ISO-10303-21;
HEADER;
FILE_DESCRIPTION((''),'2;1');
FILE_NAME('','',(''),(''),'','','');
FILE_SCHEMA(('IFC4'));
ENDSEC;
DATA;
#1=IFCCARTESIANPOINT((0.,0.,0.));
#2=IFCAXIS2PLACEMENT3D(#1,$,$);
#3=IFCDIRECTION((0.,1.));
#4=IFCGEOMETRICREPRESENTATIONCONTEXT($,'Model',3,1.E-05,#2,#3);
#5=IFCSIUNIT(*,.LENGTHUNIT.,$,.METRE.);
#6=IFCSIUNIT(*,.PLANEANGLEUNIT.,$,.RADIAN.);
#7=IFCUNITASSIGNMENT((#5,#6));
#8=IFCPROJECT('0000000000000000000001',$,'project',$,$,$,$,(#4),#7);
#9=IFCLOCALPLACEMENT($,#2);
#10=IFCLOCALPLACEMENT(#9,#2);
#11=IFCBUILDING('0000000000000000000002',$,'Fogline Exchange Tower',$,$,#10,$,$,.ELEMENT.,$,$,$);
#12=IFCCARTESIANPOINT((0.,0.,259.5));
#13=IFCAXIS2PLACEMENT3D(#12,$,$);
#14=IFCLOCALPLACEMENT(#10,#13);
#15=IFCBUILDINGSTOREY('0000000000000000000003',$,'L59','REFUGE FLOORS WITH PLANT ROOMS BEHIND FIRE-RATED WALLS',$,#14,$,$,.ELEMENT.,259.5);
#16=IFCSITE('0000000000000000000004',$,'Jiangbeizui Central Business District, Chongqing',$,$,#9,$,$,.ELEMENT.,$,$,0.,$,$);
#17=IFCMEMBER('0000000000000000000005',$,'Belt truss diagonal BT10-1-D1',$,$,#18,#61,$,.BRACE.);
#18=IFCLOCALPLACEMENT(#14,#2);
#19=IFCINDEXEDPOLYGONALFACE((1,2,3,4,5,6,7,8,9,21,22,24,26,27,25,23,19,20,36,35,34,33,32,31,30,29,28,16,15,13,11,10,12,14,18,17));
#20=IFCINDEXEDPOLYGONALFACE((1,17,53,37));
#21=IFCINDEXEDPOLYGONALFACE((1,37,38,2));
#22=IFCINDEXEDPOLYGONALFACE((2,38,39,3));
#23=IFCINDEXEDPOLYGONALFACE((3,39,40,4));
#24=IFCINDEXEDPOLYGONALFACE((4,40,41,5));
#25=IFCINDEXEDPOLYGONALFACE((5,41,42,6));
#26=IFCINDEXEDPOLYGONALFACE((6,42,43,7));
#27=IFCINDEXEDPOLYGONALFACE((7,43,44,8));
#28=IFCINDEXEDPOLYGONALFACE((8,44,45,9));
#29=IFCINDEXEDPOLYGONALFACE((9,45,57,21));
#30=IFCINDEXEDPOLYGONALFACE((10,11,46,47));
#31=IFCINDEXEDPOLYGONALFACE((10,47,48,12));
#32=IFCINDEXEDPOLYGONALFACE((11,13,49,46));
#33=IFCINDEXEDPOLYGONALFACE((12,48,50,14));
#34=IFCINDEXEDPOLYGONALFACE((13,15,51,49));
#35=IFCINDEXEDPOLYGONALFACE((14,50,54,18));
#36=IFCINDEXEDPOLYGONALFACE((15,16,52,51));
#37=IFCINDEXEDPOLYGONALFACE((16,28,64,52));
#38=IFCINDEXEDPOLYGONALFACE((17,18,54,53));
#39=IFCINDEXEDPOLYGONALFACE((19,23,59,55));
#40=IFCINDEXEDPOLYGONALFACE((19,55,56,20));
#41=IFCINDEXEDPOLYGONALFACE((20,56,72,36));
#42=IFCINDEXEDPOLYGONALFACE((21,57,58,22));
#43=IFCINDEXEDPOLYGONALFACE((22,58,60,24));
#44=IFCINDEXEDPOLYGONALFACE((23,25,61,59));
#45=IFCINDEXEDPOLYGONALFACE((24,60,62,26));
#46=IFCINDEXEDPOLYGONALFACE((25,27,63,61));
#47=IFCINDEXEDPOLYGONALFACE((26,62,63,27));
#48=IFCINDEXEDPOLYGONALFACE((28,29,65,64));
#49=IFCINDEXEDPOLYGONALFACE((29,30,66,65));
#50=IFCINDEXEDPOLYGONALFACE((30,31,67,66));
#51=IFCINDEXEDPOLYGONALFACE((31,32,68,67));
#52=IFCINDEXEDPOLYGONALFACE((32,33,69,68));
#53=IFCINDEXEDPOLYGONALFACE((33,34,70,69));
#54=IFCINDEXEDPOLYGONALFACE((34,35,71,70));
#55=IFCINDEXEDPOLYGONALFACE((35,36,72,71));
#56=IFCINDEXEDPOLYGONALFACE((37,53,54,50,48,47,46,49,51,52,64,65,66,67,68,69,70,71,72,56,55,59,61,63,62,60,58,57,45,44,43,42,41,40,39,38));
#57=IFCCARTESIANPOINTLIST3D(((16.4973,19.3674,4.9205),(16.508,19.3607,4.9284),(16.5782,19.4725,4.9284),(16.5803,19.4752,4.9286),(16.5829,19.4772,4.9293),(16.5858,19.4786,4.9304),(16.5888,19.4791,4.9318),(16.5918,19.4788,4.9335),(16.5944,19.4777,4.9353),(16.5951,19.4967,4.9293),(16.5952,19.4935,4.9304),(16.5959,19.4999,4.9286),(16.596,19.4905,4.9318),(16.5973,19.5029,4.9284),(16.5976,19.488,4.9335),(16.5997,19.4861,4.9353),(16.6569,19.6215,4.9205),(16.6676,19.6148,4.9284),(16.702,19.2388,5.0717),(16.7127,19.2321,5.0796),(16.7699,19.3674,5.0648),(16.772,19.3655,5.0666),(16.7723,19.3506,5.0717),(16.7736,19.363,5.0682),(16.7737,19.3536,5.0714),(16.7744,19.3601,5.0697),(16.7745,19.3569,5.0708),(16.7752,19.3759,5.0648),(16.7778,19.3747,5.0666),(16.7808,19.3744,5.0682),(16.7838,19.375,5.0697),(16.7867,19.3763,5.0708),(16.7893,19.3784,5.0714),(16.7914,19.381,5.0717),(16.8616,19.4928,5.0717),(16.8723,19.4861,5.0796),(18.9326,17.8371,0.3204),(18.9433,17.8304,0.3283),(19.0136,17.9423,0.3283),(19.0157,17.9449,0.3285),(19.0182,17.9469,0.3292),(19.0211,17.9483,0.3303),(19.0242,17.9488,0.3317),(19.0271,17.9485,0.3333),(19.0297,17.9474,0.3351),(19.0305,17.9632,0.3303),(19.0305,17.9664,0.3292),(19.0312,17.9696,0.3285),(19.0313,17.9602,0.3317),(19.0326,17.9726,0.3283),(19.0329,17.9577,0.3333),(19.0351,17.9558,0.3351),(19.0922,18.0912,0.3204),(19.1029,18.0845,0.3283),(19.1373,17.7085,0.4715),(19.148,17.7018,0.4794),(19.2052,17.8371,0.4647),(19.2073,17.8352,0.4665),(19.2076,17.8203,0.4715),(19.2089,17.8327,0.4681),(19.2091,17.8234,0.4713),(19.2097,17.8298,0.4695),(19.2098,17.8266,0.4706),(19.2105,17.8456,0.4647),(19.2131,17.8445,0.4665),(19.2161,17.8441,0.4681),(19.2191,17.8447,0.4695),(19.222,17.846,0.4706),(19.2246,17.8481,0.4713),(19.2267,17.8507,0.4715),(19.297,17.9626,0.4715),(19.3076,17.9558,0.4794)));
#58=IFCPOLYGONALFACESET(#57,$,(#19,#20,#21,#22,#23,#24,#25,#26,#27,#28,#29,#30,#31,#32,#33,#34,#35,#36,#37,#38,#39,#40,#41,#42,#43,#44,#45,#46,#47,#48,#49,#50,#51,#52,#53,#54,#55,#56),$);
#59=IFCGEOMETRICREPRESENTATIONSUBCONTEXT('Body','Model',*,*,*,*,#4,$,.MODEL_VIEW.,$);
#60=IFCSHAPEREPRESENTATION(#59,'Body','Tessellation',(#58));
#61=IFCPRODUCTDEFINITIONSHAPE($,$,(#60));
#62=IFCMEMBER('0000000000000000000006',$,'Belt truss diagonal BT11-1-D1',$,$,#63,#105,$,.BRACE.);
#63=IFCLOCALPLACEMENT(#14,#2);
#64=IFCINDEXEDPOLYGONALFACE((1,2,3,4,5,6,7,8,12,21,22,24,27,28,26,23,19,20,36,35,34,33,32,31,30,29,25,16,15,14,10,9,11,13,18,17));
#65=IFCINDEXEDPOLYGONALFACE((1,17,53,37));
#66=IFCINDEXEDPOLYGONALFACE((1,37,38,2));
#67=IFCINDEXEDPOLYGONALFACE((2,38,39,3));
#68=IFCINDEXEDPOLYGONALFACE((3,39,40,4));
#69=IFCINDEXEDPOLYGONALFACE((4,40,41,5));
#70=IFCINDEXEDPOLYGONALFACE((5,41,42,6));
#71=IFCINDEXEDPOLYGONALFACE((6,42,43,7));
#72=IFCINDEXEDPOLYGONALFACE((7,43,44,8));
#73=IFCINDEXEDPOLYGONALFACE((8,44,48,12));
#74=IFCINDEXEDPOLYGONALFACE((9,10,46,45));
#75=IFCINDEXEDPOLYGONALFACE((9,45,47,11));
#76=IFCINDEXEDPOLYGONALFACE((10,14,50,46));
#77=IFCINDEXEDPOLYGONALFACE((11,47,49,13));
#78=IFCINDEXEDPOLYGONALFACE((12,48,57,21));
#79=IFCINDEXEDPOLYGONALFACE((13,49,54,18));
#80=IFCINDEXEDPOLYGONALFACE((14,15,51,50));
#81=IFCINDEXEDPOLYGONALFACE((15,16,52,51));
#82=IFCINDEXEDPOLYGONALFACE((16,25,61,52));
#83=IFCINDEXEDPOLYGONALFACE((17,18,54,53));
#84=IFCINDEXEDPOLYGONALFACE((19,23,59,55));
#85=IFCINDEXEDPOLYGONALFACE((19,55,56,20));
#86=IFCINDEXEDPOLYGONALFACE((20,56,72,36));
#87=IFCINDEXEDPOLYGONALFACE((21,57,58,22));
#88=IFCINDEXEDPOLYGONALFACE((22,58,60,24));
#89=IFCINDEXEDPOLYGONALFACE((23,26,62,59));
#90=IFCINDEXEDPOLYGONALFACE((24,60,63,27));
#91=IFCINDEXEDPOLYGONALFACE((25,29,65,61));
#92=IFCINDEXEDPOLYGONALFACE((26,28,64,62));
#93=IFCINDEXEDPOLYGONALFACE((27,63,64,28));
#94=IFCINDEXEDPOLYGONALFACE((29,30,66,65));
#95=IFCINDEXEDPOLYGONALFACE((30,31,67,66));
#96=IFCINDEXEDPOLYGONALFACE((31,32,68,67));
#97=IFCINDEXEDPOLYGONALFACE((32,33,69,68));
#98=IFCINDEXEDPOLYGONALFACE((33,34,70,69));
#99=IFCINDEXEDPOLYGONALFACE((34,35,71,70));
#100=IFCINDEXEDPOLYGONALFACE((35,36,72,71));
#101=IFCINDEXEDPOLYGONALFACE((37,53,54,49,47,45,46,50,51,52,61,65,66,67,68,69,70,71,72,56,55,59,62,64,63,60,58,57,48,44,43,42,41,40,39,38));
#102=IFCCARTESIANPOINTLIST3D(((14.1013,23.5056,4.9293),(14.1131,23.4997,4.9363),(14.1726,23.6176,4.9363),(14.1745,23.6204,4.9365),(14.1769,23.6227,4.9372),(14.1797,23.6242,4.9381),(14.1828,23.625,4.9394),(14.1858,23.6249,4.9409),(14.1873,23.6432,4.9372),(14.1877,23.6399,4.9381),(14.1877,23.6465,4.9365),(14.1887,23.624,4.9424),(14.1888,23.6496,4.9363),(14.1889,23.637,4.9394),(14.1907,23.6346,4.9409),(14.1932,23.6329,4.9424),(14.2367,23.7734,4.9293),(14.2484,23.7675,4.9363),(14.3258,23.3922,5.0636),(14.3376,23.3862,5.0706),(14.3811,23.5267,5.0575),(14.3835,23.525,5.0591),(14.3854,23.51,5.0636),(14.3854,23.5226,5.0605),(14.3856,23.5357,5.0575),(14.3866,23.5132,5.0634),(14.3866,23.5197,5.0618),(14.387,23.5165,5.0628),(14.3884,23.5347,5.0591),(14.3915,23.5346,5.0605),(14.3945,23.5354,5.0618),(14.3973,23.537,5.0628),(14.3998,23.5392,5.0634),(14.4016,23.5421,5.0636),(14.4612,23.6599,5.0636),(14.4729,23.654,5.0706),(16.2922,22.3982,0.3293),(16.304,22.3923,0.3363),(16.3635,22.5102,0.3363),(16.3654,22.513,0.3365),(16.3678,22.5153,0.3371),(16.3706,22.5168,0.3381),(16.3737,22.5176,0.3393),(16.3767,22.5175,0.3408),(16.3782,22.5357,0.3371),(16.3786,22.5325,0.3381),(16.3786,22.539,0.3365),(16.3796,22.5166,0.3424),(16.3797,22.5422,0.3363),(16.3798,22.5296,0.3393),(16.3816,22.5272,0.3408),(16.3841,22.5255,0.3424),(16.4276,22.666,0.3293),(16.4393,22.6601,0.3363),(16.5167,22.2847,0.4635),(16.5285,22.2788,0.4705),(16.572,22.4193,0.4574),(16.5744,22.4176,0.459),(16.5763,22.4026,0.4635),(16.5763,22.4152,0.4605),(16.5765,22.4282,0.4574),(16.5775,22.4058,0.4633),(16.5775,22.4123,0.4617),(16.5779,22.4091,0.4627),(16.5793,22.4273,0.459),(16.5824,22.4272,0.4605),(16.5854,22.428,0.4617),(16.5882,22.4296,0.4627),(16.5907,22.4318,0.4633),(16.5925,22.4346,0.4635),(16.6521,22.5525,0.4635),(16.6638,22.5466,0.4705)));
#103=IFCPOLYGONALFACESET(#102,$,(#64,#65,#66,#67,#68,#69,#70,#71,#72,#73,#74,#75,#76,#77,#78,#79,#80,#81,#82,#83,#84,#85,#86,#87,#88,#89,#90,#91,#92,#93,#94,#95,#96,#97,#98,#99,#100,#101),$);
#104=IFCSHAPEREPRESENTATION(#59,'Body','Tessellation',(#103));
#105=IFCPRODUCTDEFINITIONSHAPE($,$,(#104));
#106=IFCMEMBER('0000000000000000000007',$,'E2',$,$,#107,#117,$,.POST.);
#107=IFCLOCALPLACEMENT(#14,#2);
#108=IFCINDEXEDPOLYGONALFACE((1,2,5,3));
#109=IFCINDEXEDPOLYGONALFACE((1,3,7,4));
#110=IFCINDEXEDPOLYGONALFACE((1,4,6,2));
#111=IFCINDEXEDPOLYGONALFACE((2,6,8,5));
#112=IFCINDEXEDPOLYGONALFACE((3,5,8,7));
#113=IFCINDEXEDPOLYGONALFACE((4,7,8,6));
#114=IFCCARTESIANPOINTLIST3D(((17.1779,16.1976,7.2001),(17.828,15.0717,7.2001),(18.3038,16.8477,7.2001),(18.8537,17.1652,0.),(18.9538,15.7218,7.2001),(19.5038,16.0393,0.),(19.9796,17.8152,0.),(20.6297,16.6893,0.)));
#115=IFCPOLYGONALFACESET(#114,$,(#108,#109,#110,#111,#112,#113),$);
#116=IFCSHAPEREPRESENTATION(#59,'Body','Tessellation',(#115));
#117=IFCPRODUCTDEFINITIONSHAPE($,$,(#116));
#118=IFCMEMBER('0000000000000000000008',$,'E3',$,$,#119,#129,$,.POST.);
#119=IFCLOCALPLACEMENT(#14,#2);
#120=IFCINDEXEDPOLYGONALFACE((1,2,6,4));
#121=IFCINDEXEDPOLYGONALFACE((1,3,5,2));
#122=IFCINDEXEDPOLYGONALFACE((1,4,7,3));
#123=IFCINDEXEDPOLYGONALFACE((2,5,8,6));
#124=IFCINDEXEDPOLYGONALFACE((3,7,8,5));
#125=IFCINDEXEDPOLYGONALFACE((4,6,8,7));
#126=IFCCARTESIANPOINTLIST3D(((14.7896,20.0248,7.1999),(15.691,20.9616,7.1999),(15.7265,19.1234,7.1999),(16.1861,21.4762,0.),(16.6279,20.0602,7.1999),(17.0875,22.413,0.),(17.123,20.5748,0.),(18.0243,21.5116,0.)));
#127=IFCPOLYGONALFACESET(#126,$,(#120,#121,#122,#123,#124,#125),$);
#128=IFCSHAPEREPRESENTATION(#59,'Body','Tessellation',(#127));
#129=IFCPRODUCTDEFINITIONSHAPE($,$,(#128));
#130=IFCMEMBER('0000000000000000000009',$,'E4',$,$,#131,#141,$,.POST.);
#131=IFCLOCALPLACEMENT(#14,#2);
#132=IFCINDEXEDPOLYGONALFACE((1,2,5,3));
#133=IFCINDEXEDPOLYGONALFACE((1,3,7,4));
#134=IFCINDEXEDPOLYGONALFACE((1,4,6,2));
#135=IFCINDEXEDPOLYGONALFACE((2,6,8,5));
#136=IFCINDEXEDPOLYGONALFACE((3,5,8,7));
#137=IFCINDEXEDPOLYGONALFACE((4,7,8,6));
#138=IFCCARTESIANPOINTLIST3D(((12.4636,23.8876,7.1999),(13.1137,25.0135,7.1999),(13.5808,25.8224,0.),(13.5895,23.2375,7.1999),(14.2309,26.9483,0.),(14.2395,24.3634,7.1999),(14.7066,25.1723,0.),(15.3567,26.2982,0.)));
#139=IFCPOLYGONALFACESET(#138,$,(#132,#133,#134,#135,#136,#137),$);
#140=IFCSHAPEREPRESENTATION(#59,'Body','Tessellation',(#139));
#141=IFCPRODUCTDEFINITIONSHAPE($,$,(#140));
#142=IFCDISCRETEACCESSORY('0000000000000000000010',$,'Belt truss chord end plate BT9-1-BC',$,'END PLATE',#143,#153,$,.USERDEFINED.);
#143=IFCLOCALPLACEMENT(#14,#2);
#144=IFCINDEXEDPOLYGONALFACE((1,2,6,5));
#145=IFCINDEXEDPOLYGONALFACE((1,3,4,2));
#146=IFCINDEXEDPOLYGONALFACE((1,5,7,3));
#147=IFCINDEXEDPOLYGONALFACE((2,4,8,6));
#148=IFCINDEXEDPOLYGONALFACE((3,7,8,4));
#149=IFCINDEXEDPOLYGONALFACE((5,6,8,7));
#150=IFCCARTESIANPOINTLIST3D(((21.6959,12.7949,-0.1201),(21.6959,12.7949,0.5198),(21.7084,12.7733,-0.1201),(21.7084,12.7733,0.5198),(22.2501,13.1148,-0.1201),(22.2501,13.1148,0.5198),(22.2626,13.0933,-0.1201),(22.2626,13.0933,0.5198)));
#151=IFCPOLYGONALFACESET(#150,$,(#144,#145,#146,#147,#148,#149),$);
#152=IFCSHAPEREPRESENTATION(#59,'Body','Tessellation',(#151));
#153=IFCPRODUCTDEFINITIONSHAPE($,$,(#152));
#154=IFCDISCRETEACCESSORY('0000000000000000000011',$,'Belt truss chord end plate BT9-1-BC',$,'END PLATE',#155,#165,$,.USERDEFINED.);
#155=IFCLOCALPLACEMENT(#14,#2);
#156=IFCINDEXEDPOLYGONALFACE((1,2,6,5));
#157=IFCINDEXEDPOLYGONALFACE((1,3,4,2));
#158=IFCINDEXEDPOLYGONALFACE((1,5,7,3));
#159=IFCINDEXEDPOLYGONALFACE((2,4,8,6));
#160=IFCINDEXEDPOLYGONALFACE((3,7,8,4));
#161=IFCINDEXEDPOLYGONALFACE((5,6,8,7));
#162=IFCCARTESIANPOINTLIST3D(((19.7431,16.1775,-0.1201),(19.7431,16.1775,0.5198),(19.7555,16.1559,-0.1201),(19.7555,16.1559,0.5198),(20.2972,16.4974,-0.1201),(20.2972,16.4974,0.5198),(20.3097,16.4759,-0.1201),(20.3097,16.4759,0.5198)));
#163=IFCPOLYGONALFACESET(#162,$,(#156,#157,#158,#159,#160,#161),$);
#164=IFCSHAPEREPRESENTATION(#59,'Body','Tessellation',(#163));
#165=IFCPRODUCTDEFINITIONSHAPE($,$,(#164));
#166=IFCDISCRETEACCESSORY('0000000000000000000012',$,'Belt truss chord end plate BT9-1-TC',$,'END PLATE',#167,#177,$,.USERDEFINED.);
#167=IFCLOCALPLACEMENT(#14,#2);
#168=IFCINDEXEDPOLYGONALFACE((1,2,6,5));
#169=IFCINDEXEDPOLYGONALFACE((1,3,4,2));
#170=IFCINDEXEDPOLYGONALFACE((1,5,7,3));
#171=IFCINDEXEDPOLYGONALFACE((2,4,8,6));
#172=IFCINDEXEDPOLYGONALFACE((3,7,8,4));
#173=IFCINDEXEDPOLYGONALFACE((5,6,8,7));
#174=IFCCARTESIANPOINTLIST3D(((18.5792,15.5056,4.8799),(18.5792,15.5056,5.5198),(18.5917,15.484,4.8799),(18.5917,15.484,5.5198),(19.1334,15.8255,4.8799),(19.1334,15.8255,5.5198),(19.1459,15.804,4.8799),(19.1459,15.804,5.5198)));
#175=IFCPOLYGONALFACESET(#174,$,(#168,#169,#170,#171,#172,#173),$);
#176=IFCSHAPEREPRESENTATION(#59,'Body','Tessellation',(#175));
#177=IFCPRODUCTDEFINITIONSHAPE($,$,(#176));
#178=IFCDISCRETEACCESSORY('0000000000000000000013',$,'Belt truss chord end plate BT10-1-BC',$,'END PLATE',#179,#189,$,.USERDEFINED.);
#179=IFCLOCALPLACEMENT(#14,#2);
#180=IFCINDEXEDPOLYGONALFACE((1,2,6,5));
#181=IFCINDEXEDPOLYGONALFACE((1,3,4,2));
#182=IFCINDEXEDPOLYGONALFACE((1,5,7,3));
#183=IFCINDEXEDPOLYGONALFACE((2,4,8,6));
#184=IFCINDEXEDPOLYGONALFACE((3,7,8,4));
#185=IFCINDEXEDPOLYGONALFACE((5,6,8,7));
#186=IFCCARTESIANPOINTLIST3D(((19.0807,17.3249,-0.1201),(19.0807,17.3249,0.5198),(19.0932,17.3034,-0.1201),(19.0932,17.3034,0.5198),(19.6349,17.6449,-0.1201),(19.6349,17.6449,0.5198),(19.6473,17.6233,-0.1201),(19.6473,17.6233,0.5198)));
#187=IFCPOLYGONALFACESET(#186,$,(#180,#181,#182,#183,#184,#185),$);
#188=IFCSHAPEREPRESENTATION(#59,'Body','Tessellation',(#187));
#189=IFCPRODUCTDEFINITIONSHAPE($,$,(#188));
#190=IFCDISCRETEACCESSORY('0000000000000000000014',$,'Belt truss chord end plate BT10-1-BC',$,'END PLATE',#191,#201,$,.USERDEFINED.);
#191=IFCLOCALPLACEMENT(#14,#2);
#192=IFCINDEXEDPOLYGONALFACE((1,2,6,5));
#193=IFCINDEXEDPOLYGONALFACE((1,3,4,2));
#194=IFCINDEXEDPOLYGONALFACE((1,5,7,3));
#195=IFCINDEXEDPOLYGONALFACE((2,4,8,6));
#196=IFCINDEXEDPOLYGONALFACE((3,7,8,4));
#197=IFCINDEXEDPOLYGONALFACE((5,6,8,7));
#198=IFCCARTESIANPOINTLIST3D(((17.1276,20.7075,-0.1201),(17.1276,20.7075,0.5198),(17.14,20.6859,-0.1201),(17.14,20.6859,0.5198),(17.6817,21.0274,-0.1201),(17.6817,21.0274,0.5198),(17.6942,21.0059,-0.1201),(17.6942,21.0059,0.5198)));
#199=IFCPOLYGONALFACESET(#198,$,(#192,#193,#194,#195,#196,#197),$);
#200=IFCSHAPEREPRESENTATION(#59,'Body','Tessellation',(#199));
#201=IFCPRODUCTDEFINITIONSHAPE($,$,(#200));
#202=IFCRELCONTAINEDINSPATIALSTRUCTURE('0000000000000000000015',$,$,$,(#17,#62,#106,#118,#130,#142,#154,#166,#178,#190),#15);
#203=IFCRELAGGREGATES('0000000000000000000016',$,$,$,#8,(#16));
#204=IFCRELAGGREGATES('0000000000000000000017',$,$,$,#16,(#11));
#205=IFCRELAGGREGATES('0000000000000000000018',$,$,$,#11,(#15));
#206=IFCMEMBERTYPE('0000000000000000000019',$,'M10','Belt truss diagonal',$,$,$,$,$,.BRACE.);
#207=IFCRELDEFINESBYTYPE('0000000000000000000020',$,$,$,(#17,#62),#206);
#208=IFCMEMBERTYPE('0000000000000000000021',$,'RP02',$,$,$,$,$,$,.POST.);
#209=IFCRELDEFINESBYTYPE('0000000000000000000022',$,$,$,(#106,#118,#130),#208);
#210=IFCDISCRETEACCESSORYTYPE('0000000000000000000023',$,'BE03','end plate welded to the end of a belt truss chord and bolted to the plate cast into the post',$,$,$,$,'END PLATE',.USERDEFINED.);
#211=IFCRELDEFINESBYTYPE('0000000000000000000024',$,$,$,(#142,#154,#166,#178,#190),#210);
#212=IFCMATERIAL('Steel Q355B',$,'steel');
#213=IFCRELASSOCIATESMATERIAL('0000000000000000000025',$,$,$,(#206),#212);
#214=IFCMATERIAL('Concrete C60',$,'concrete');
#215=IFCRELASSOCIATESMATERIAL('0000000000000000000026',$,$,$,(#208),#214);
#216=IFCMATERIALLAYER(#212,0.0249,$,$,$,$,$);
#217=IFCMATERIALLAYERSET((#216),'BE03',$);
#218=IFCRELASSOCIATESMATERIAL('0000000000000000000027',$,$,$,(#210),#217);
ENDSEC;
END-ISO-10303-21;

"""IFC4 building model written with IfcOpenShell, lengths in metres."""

from ifc_helpers import new_model, si_unit, direction, frame, origin, origin_2d, place, context, subcontext, project, spatial, rectangle, i_section, extrude, material, layer, layer_set, material_profile, profile_set, type_object, element, save


model = new_model("IFC4")

# Units and contexts
model_context = context("Model", 3, precision=1e-05, world=origin(), true_north=direction((0.0, 1.0)))
body_context = subcontext(model_context, "Body", "Model", "MODEL_VIEW")
ifc_project = project(units=[si_unit("LENGTHUNIT", "METRE"), si_unit("PLANEANGLEUNIT", "RADIAN")], contexts=[model_context])

# Site, building, storey
site_placement = place(None, origin())
site = spatial("IfcSite", under=ifc_project, at=site_placement, Name="Jiangbeizui Central Business District, Chongqing", CompositionType="ELEMENT", RefElevation=0.0)
building_placement = place(site_placement, origin())
building = spatial("IfcBuilding", under=site, at=building_placement, Name="Fogline Exchange Tower", CompositionType="ELEMENT")
storey_placement = place(building_placement, frame((0.0, 0.0, 259.5)))
storey = spatial("IfcBuildingStorey", under=building, at=storey_placement, Name="L59", Description="REFUGE FLOORS WITH PLANT ROOMS BEHIND FIRE-RATED WALLS", CompositionType="ELEMENT", Elevation=259.5)

# Members
ifc_material_1 = material(Name="Steel Q355B", Category="steel")
ifc_material_profile_1 = material_profile(ifc_material_1, i_section(OverallWidth=0.3, OverallDepth=0.3, WebThickness=0.01, FlangeThickness=0.0149, FilletRadius=0.0129, at=origin_2d()), Name="HW300X300X10X15")
ifc_profile_set_1 = profile_set([ifc_material_profile_1], Name="Steel Q355B")
member_type_1 = type_object("IfcMemberType", Name="M10", Description="Belt truss diagonal", PredefinedType="BRACE", material=ifc_profile_set_1)
member_1_placement = place(storey_placement, frame((19.1201, 17.8965, 0.3999), z_axis=(-0.448883, 0.282065, 0.847905), x_axis=(-0.53205, -0.846713, 0.0)))
element("IfcMember", 1, at=member_1_placement, inside=storey, type_object=member_type_1, Name="Belt truss diagonal BT10-1-D1", PredefinedType="BRACE", context=body_context, shape_type="SweptSolid", body=[
    extrude(i_section(OverallWidth=0.3, OverallDepth=0.3, WebThickness=0.01, FlangeThickness=0.0149, FilletRadius=0.0129, at=origin_2d()), origin(), (0.0, 0.0, 1.0), 5.4253),
])
member_2_placement = place(storey_placement, frame((16.478, 22.4724, 0.3999), z_axis=(-0.420187, 0.212388, 0.882233), x_axis=(-0.451108, -0.892469, 0.0)))
element("IfcMember", 2, at=member_2_placement, inside=storey, type_object=member_type_1, Name="Belt truss diagonal BT11-1-D1", PredefinedType="BRACE", context=body_context, shape_type="SweptSolid", body=[
    extrude(i_section(OverallWidth=0.3, OverallDepth=0.3, WebThickness=0.01, FlangeThickness=0.0149, FilletRadius=0.0129, at=origin_2d()), origin(), (0.0, 0.0, 1.0), 5.2141),
])
ifc_material_2 = material(Name="Concrete C60", Category="concrete")
ifc_material_profile_2 = material_profile(ifc_material_2, rectangle(XDim=1.3, YDim=1.3, at=origin_2d()), Name="RC 1300x1300")
ifc_profile_set_2 = profile_set([ifc_material_profile_2], Name="Concrete C60")
member_type_2 = type_object("IfcMemberType", Name="RP02", PredefinedType="POST", material=ifc_profile_set_2)
member_3_placement = place(storey_placement, frame((19.7417, 16.9272, 0.0), z_axis=(0.0, 0.0, 1.0), x_axis=(0.500006, -0.866022, 0.0)))
element("IfcMember", 3, at=member_3_placement, inside=storey, type_object=member_type_2, Name="E2", PredefinedType="POST", context=body_context, shape_type="SweptSolid", body=[
    extrude(rectangle(XDim=1.3, YDim=1.3, at=origin_2d()), origin(), (0.0, -0.259546, 0.965731), 7.4556),
])
member_4_placement = place(storey_placement, frame((17.1052, 21.4939, 0.0), z_axis=(0.0, 0.0, 1.0), x_axis=(0.720612, -0.693339, 0.0)))
element("IfcMember", 4, at=member_4_placement, inside=storey, type_object=member_type_2, Name="E3", PredefinedType="POST", context=body_context, shape_type="SweptSolid", body=[
    extrude(rectangle(XDim=1.3, YDim=1.3, at=origin_2d()), origin(), (0.0, -0.269401, 0.963028), 7.4763),
])
member_5_placement = place(storey_placement, frame((14.4688, 26.0603, 0.0), z_axis=(0.0, 0.0, 1.0), x_axis=(0.866002, -0.500041, 0.0)))
element("IfcMember", 5, at=member_5_placement, inside=storey, type_object=member_type_2, Name="E4", PredefinedType="POST", context=body_context, shape_type="SweptSolid", body=[
    extrude(rectangle(XDim=1.3, YDim=1.3, at=origin_2d()), origin(), (0.0, -0.296366, 0.955074), 7.5386),
])

# Discrete accessories
ifc_layer = layer(ifc_material_1, 0.0249)
ifc_layer_set = layer_set([ifc_layer], Name="BE03")
discrete_accessory_type = type_object("IfcDiscreteAccessoryType", Name="BE03", Description="end plate welded to the end of a belt truss chord and bolted to the plate cast into the post", ElementType="END PLATE", PredefinedType="USERDEFINED", material=ifc_layer_set)
for number, where, z_axis, x_axis, name in (
    (6, (21.9792, 12.9441, -0.1201), (0.0, 0.0, 1.0), (0.5, -0.866025, 0.0), "Belt truss chord end plate BT9-1-BC"),
    (7, (20.0264, 16.3267, -0.1201), (0.0, 0.0, 1.0), (-0.5, 0.866025, 0.0), "Belt truss chord end plate BT9-1-BC"),
    (8, (18.8625, 15.6548, 4.8799), (0.0, 0.0, 1.0), (-0.5, 0.866025, 0.0), "Belt truss chord end plate BT9-1-TC"),
    (9, (19.364, 17.4741, -0.1201), (0.0, 0.0, 1.0), (0.5, -0.866025, 0.0), "Belt truss chord end plate BT10-1-BC"),
    (10, (17.4109, 20.8567, -0.1201), (0.0, 0.0, 1.0), (-0.5, 0.866025, 0.0), "Belt truss chord end plate BT10-1-BC"),
):
    element("IfcDiscreteAccessory", number, at=place(storey_placement, frame(where, z_axis=z_axis, x_axis=x_axis)), inside=storey, type_object=discrete_accessory_type, Name=name, ObjectType="END PLATE", PredefinedType="USERDEFINED", context=body_context, shape_type="SweptSolid", body=[
        extrude(rectangle(XDim=0.0249, YDim=0.6399, at=origin_2d()), origin(), (0.0, 0.0, 1.0), 0.6399),
    ])

save(model, "model.ifc")
